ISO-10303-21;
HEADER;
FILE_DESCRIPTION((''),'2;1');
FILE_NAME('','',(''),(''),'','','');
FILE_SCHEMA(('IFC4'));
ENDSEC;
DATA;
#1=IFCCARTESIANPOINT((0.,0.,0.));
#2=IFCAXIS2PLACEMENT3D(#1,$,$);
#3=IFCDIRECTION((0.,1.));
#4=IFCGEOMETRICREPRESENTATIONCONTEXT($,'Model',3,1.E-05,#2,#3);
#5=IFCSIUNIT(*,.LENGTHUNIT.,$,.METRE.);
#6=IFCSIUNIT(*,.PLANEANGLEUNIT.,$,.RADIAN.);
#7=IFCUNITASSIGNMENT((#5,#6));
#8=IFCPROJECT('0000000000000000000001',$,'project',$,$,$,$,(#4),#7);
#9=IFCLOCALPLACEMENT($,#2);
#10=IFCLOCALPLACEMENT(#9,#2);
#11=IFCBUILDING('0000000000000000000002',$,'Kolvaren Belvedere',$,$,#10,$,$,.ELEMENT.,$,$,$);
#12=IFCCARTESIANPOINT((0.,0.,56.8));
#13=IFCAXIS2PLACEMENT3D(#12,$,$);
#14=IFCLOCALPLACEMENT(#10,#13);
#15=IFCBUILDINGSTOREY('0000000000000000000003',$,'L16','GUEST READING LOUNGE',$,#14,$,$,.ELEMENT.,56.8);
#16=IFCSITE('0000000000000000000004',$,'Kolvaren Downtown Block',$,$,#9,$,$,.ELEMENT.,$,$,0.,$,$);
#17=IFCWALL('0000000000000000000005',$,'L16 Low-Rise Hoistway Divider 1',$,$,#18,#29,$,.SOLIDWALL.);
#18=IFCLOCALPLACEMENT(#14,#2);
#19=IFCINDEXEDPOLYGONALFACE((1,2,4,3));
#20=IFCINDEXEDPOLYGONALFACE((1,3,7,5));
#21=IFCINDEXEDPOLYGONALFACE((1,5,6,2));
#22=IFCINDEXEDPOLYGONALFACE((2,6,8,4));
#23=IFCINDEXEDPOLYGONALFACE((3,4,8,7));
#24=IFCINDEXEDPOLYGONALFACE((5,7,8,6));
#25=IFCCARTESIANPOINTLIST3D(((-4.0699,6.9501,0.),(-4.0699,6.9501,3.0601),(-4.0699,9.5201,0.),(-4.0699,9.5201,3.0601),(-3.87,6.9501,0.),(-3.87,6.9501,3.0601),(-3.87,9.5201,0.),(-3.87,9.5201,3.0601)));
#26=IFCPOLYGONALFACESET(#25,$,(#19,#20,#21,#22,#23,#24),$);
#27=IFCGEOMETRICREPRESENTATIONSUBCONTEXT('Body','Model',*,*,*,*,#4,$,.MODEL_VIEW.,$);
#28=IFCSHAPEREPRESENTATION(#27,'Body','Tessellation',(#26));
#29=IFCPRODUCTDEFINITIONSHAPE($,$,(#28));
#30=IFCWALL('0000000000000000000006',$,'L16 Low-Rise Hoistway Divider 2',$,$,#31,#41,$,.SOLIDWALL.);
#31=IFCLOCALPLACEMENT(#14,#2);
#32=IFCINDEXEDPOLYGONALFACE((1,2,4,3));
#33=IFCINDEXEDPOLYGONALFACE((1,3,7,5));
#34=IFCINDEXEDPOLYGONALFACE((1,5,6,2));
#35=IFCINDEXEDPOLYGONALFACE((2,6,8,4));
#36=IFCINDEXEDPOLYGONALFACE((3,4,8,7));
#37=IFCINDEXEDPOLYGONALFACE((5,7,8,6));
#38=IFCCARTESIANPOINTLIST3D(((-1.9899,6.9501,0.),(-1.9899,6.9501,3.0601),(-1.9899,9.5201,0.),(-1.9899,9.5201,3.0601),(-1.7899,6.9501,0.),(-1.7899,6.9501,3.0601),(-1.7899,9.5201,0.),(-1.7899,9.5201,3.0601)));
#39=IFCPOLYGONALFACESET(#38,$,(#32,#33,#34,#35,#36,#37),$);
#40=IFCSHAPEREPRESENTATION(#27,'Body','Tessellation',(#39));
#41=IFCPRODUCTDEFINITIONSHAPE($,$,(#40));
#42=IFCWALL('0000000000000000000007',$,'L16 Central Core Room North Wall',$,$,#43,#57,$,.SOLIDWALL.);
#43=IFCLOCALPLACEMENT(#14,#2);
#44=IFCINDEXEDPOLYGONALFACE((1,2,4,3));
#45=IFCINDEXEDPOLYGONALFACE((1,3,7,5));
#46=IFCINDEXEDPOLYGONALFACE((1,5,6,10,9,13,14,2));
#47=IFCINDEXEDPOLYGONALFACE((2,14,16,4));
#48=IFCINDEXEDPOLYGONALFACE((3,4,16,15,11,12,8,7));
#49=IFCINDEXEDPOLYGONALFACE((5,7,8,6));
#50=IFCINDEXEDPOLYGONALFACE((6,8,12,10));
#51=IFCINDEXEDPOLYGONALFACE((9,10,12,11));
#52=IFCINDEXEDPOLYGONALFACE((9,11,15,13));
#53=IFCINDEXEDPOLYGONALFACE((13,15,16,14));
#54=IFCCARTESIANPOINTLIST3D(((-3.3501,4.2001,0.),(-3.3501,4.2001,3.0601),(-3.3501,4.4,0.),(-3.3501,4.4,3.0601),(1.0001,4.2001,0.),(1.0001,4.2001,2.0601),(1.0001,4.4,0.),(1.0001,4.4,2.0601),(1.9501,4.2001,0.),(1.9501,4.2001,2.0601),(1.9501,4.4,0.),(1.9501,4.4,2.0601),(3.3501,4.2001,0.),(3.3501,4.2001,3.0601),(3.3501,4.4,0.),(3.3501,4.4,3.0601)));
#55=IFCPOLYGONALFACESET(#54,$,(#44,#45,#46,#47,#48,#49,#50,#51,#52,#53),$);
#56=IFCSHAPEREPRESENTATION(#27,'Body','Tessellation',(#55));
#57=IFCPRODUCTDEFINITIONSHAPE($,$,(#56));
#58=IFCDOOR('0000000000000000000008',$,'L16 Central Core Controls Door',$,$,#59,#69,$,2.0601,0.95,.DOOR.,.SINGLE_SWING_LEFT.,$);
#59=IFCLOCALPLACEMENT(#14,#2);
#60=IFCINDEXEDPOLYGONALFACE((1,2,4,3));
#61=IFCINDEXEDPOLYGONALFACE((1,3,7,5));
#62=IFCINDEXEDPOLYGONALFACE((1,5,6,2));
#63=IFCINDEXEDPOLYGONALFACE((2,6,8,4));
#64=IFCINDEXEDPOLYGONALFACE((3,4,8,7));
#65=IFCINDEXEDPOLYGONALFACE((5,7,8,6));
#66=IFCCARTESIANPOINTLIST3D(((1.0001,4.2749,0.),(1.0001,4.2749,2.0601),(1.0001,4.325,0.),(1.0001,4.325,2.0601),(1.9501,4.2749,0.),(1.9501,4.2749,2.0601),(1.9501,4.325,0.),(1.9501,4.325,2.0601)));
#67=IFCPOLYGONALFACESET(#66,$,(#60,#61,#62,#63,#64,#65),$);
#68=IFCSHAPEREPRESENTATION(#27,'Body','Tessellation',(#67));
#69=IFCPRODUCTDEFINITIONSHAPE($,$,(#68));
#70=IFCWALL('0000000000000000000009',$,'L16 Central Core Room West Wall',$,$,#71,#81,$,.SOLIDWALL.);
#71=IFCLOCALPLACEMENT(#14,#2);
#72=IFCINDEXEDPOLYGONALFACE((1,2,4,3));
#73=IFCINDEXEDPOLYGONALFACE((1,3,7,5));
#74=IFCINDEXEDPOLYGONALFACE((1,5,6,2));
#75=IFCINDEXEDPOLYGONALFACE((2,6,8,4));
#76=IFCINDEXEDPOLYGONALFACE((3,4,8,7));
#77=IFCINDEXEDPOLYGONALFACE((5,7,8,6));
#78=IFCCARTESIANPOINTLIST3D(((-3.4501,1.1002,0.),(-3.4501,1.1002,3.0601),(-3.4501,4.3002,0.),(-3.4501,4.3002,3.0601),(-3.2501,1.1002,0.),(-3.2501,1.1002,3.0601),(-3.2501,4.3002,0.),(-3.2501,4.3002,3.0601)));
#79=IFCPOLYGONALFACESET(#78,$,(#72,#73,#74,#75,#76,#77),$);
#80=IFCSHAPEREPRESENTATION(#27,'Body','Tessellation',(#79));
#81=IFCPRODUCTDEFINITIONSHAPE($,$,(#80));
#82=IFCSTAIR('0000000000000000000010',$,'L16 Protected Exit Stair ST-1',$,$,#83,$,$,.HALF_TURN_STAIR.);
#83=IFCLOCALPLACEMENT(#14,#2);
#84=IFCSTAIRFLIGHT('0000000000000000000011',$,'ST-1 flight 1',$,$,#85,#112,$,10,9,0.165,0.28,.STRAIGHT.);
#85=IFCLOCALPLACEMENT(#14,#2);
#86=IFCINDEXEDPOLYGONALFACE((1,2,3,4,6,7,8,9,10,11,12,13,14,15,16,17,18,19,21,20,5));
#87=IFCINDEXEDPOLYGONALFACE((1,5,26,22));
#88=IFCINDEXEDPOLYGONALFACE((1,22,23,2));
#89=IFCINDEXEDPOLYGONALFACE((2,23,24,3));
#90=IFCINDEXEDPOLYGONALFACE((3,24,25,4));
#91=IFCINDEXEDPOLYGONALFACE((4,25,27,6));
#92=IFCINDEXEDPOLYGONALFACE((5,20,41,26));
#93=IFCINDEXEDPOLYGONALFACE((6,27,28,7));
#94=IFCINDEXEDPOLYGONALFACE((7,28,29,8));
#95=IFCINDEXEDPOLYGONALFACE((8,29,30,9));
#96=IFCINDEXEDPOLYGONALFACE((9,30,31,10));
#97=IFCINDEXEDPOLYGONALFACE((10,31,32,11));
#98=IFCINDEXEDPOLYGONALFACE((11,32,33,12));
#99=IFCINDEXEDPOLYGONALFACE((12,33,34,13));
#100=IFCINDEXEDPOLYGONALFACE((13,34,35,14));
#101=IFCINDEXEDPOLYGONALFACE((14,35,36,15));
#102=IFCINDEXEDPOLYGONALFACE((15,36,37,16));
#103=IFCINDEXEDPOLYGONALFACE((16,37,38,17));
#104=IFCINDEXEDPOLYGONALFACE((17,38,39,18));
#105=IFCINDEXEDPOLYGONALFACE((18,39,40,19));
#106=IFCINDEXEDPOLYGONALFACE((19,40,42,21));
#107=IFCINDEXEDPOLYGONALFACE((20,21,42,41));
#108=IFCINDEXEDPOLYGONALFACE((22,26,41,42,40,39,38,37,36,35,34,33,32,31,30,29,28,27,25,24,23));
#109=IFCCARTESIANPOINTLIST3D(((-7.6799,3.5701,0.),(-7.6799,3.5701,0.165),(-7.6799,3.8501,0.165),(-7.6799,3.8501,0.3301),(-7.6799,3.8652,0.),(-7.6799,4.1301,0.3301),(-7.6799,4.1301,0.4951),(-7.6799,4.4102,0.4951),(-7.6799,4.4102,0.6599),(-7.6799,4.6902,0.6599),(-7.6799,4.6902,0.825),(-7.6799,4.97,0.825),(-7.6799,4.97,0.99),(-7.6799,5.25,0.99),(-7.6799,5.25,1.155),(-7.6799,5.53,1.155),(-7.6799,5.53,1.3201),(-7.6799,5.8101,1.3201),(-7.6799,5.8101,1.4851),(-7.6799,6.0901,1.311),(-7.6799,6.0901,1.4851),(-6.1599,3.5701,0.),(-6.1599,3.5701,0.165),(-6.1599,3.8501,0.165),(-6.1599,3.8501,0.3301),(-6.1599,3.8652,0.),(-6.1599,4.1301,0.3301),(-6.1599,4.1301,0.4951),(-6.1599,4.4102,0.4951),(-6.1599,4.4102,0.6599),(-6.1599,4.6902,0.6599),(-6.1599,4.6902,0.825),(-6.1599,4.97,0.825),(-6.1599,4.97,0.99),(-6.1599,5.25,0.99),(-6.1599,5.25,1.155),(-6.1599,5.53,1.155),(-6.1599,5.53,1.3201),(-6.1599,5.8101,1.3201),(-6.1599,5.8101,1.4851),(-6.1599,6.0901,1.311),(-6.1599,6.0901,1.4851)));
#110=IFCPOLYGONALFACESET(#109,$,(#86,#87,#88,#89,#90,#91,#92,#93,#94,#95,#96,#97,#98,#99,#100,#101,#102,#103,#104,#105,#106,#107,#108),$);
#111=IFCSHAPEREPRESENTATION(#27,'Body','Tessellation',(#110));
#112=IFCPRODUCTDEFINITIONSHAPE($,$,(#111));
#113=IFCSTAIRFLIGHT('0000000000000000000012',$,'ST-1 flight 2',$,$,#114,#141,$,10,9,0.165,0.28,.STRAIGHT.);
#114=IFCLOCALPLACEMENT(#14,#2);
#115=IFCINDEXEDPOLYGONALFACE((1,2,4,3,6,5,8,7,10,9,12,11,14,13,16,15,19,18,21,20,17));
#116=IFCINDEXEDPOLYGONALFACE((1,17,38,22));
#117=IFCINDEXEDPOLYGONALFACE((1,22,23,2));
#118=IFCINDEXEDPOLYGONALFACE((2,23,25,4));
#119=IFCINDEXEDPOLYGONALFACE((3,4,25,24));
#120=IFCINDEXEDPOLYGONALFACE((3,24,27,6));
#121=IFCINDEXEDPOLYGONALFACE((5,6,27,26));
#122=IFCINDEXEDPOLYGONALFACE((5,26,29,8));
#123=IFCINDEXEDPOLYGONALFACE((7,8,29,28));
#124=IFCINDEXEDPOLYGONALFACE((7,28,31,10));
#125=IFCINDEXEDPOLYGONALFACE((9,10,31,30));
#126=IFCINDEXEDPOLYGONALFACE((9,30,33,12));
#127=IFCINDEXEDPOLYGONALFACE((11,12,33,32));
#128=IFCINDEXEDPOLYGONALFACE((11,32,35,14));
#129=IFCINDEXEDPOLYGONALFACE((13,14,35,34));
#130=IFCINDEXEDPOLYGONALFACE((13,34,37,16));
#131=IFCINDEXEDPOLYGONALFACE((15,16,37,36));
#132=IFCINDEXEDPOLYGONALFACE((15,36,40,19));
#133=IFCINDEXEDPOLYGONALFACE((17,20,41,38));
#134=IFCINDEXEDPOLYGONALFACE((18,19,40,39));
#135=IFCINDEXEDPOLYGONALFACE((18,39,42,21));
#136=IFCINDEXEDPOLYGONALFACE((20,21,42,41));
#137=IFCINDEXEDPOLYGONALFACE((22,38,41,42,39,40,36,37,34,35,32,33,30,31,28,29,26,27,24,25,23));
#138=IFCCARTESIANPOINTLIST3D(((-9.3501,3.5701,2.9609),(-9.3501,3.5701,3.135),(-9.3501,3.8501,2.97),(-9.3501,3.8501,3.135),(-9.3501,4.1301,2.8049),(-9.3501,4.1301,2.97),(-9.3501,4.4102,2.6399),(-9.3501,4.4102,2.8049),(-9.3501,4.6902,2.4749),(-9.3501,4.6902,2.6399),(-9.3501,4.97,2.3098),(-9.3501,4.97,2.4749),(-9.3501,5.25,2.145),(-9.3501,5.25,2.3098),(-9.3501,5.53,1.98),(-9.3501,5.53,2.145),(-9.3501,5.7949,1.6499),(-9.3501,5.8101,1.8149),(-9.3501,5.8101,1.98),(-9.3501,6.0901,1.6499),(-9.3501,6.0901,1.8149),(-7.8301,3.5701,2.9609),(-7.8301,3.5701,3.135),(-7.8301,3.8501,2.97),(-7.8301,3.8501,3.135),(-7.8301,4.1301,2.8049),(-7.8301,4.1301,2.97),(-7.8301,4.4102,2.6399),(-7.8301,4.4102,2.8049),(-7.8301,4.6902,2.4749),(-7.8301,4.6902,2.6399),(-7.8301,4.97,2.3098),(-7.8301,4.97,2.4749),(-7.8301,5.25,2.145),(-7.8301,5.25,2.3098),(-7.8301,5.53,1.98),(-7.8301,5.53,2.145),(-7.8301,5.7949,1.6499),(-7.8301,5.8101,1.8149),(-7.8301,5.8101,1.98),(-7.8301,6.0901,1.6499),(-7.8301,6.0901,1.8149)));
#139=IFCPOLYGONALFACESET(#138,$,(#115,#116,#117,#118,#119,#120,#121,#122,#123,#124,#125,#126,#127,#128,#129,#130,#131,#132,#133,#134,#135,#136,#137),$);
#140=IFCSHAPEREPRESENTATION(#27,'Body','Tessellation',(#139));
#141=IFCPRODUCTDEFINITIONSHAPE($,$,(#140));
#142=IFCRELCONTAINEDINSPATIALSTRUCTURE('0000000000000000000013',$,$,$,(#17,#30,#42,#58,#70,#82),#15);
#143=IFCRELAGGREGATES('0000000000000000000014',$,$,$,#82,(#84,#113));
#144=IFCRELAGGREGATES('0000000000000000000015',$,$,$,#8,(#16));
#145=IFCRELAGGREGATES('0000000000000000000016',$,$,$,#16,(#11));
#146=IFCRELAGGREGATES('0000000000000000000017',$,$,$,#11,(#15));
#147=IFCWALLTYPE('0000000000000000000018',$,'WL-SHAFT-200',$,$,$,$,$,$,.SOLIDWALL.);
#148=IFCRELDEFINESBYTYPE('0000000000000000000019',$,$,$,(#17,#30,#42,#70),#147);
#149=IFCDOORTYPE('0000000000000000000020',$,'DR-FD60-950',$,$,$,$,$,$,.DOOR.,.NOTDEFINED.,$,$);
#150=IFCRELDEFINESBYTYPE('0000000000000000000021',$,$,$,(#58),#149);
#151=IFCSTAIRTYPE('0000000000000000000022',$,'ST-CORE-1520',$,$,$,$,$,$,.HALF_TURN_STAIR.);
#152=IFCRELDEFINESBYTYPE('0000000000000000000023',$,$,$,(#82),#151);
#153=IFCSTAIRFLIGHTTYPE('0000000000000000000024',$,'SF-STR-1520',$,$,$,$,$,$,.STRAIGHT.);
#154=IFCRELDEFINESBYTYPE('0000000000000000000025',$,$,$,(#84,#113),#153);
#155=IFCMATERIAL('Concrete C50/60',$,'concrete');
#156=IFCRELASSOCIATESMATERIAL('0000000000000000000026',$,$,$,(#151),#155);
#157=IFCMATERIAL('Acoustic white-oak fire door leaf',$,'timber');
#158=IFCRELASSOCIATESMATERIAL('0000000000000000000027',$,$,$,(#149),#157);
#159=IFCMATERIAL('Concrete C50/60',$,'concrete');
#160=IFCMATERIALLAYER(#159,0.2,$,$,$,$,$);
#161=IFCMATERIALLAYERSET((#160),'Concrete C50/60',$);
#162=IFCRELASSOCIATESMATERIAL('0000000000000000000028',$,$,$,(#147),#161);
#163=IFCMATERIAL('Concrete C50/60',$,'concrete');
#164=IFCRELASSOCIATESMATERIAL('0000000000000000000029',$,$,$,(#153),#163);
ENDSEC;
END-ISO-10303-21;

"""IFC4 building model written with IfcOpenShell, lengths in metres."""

from ifc_helpers import new_model, si_unit, direction, frame, frame_2d, origin, place, context, subcontext, project, spatial, polyline, rectangle, outline, extrude, material, layer, layer_set, type_object, element, fill, aggregate, save


model = new_model("IFC4")

# Units and contexts
model_context = context("Model", 3, precision=1e-05, world=origin(), true_north=direction((0.0, 1.0)))
body_context = subcontext(model_context, "Body", "Model", "MODEL_VIEW")
ifc_project = project(units=[si_unit("LENGTHUNIT", "METRE"), si_unit("PLANEANGLEUNIT", "RADIAN")], contexts=[model_context])

# Site, building, storey
site_placement = place(None, origin())
site = spatial("IfcSite", under=ifc_project, at=site_placement, Name="Kolvaren Downtown Block", CompositionType="ELEMENT", RefElevation=0.0)
building_placement = place(site_placement, origin())
building = spatial("IfcBuilding", under=site, at=building_placement, Name="Kolvaren Belvedere", CompositionType="ELEMENT")
storey_placement = place(building_placement, frame((0.0, 0.0, 56.8)))
storey = spatial("IfcBuildingStorey", under=building, at=storey_placement, Name="L16", Description="GUEST READING LOUNGE", CompositionType="ELEMENT", Elevation=56.8)

# Shared definitions
ifc_material_1 = material(Name="Concrete C50/60", Category="concrete")
stair_type = type_object("IfcStairType", Name="ST-CORE-1520", PredefinedType="HALF_TURN_STAIR", material=ifc_material_1)

# Shared definitions
ifc_material_2 = material(Name="Acoustic white-oak fire door leaf", Category="timber")
door_type_1 = type_object("IfcDoorType", Name="DR-FD60-950", OperationType="NOTDEFINED", PredefinedType="DOOR", material=ifc_material_2)

# Shared definitions
ifc_material_3 = material(Name="Concrete C50/60", Category="concrete")
ifc_layer_1 = layer(ifc_material_3, 0.2)
ifc_layer_set_1 = layer_set([ifc_layer_1], Name="Concrete C50/60")
wall_type_1 = type_object("IfcWallType", Name="WL-SHAFT-200", PredefinedType="SOLIDWALL", material=ifc_layer_set_1)

# Walls
for number, where, z_axis, x_axis, name in (
    (1, (-3.97, 6.95, 0.0), (0.0, 0.0, 1.0), (0.0, 1.0, 0.0), "L16 Low-Rise Hoistway Divider 1"),
    (2, (-1.8899, 6.95, 0.0), (0.0, 0.0, 1.0), (0.0, 1.0, 0.0), "L16 Low-Rise Hoistway Divider 2"),
):
    element("IfcWall", number, at=place(storey_placement, frame(where, z_axis=z_axis, x_axis=x_axis)), inside=storey, type_object=wall_type_1, Name=name, PredefinedType="SOLIDWALL", context=body_context, shape_type="SweptSolid", body=[
        extrude(rectangle(XDim=2.5701, YDim=0.2, at=frame_2d((1.2852, 0.0))), origin(), (0.0, 0.0, 1.0), 3.0601),
    ])

# Wall, opening, door
wall_1_placement = place(storey_placement, frame((-3.3501, 4.3, 0.0), z_axis=(0.0, 0.0, 1.0), x_axis=(1.0, 0.0, 0.0)))
wall_1 = element("IfcWall", 3, at=wall_1_placement, inside=storey, type_object=wall_type_1, Name="L16 Central Core Room North Wall", PredefinedType="SOLIDWALL", context=body_context, shape_type="SweptSolid", body=[
    extrude(rectangle(XDim=6.7002, YDim=0.2, at=frame_2d((3.3501, 0.0))), origin(), (0.0, 0.0, 1.0), 3.0601),
])
opening_1_placement = place(wall_1_placement, frame((4.3501, 0.0, 0.0)))
opening_1 = element("IfcOpeningElement", 4, at=opening_1_placement, cuts=wall_1, PredefinedType="OPENING", context=body_context, shape_type="SweptSolid", body=[
    extrude(rectangle(XDim=0.95, YDim=2.0601, at=frame_2d((0.4751, 1.03))), frame((0.0, 0.1099, 0.0), z_axis=(0.0, -1.0, 0.0), x_axis=(1.0, 0.0, 0.0)), (0.0, 0.0, 1.0), 0.22),
])
door_1_placement = place(opening_1_placement, origin())
door_1 = element("IfcDoor", 5, at=door_1_placement, inside=storey, type_object=door_type_1, Name="L16 Central Core Controls Door", OperationType="SINGLE_SWING_LEFT", OverallHeight=2.0601, OverallWidth=0.95, PredefinedType="DOOR", context=body_context, shape_type="SweptSolid", body=[
    extrude(rectangle(XDim=0.95, YDim=2.0601, at=frame_2d((0.4751, 1.03))), frame((0.0, 0.0249, 0.0), z_axis=(0.0, -1.0, 0.0), x_axis=(1.0, 0.0, 0.0)), (0.0, 0.0, 1.0), 0.05),
])
fill(opening_1, door_1)

# Wall
wall_2_placement = place(storey_placement, frame((-3.3501, 1.1001, 0.0), z_axis=(0.0, 0.0, 1.0), x_axis=(0.0, 1.0, 0.0)))
element("IfcWall", 6, at=wall_2_placement, inside=storey, type_object=wall_type_1, Name="L16 Central Core Room West Wall", PredefinedType="SOLIDWALL", context=body_context, shape_type="SweptSolid", body=[
    extrude(rectangle(XDim=3.2, YDim=0.2, at=frame_2d((1.6001, 0.0))), origin(), (0.0, 0.0, 1.0), 3.0601),
])

# Stair, stair flights
stair_1_placement = place(storey_placement, origin())
stair_1 = element("IfcStair", 7, at=stair_1_placement, inside=storey, type_object=stair_type, Name="L16 Protected Exit Stair ST-1", PredefinedType="HALF_TURN_STAIR")
ifc_material_4 = material(Name="Concrete C50/60", Category="concrete")
stair_flight_type = type_object("IfcStairFlightType", Name="SF-STR-1520", PredefinedType="STRAIGHT", material=ifc_material_4)
stair_flight_1_placement = place(storey_placement, frame((-6.9199, 3.5701, 0.0), z_axis=(0.0, 0.0, 1.0), x_axis=(0.0, 1.0, 0.0)))
stair_flight_1 = element("IfcStairFlight", 8, at=stair_flight_1_placement, type_object=stair_flight_type, Name="ST-1 flight 1", NumberOfRisers=10, NumberOfTreads=9, PredefinedType="STRAIGHT", RiserHeight=0.165, TreadLength=0.28, context=body_context, shape_type="SweptSolid", body=[
    extrude(outline(polyline([(0.0, 0.0), (0.0, 0.165), (0.28, 0.165), (0.28, 0.3301), (0.5601, 0.3301), (0.5601, 0.4951), (0.8401, 0.4951), (0.8401, 0.6599), (1.1201, 0.6599), (1.1201, 0.825), (1.3999, 0.825), (1.3999, 0.99), (1.6799, 0.99), (1.6799, 1.155), (1.96, 1.155), (1.96, 1.3201), (2.24, 1.3201), (2.24, 1.4851), (2.52, 1.4851), (2.52, 1.6499), (2.52, 1.311), (0.2952, 0.0), (0.0, 0.0)])), frame((0.0, 0.76, 0.0), z_axis=(0.0, -1.0, 0.0), x_axis=(1.0, 0.0, 0.0)), (0.0, 0.0, 1.0), 1.52),
])
stair_flight_2_placement = place(storey_placement, frame((-8.5901, 6.0901, 1.6499), z_axis=(0.0, 0.0, 1.0), x_axis=(0.0, -1.0, 0.0)))
stair_flight_2 = element("IfcStairFlight", 9, at=stair_flight_2_placement, type_object=stair_flight_type, Name="ST-1 flight 2", NumberOfRisers=10, NumberOfTreads=9, PredefinedType="STRAIGHT", RiserHeight=0.165, TreadLength=0.28, context=body_context, shape_type="SweptSolid", body=[
    extrude(outline(polyline([(0.0, 0.0), (0.0, 0.165), (0.28, 0.165), (0.28, 0.3301), (0.5601, 0.3301), (0.5601, 0.4951), (0.8401, 0.4951), (0.8401, 0.6599), (1.1201, 0.6599), (1.1201, 0.825), (1.3999, 0.825), (1.3999, 0.99), (1.6799, 0.99), (1.6799, 1.155), (1.96, 1.155), (1.96, 1.3201), (2.24, 1.3201), (2.24, 1.4851), (2.52, 1.4851), (2.52, 1.6499), (2.52, 1.311), (0.2952, 0.0), (0.0, 0.0)])), frame((0.0, 0.76, 0.0), z_axis=(0.0, -1.0, 0.0), x_axis=(1.0, 0.0, 0.0)), (0.0, 0.0, 1.0), 1.52),
])
aggregate(stair_1, [stair_flight_1, stair_flight_2])

save(model, "model.ifc")
